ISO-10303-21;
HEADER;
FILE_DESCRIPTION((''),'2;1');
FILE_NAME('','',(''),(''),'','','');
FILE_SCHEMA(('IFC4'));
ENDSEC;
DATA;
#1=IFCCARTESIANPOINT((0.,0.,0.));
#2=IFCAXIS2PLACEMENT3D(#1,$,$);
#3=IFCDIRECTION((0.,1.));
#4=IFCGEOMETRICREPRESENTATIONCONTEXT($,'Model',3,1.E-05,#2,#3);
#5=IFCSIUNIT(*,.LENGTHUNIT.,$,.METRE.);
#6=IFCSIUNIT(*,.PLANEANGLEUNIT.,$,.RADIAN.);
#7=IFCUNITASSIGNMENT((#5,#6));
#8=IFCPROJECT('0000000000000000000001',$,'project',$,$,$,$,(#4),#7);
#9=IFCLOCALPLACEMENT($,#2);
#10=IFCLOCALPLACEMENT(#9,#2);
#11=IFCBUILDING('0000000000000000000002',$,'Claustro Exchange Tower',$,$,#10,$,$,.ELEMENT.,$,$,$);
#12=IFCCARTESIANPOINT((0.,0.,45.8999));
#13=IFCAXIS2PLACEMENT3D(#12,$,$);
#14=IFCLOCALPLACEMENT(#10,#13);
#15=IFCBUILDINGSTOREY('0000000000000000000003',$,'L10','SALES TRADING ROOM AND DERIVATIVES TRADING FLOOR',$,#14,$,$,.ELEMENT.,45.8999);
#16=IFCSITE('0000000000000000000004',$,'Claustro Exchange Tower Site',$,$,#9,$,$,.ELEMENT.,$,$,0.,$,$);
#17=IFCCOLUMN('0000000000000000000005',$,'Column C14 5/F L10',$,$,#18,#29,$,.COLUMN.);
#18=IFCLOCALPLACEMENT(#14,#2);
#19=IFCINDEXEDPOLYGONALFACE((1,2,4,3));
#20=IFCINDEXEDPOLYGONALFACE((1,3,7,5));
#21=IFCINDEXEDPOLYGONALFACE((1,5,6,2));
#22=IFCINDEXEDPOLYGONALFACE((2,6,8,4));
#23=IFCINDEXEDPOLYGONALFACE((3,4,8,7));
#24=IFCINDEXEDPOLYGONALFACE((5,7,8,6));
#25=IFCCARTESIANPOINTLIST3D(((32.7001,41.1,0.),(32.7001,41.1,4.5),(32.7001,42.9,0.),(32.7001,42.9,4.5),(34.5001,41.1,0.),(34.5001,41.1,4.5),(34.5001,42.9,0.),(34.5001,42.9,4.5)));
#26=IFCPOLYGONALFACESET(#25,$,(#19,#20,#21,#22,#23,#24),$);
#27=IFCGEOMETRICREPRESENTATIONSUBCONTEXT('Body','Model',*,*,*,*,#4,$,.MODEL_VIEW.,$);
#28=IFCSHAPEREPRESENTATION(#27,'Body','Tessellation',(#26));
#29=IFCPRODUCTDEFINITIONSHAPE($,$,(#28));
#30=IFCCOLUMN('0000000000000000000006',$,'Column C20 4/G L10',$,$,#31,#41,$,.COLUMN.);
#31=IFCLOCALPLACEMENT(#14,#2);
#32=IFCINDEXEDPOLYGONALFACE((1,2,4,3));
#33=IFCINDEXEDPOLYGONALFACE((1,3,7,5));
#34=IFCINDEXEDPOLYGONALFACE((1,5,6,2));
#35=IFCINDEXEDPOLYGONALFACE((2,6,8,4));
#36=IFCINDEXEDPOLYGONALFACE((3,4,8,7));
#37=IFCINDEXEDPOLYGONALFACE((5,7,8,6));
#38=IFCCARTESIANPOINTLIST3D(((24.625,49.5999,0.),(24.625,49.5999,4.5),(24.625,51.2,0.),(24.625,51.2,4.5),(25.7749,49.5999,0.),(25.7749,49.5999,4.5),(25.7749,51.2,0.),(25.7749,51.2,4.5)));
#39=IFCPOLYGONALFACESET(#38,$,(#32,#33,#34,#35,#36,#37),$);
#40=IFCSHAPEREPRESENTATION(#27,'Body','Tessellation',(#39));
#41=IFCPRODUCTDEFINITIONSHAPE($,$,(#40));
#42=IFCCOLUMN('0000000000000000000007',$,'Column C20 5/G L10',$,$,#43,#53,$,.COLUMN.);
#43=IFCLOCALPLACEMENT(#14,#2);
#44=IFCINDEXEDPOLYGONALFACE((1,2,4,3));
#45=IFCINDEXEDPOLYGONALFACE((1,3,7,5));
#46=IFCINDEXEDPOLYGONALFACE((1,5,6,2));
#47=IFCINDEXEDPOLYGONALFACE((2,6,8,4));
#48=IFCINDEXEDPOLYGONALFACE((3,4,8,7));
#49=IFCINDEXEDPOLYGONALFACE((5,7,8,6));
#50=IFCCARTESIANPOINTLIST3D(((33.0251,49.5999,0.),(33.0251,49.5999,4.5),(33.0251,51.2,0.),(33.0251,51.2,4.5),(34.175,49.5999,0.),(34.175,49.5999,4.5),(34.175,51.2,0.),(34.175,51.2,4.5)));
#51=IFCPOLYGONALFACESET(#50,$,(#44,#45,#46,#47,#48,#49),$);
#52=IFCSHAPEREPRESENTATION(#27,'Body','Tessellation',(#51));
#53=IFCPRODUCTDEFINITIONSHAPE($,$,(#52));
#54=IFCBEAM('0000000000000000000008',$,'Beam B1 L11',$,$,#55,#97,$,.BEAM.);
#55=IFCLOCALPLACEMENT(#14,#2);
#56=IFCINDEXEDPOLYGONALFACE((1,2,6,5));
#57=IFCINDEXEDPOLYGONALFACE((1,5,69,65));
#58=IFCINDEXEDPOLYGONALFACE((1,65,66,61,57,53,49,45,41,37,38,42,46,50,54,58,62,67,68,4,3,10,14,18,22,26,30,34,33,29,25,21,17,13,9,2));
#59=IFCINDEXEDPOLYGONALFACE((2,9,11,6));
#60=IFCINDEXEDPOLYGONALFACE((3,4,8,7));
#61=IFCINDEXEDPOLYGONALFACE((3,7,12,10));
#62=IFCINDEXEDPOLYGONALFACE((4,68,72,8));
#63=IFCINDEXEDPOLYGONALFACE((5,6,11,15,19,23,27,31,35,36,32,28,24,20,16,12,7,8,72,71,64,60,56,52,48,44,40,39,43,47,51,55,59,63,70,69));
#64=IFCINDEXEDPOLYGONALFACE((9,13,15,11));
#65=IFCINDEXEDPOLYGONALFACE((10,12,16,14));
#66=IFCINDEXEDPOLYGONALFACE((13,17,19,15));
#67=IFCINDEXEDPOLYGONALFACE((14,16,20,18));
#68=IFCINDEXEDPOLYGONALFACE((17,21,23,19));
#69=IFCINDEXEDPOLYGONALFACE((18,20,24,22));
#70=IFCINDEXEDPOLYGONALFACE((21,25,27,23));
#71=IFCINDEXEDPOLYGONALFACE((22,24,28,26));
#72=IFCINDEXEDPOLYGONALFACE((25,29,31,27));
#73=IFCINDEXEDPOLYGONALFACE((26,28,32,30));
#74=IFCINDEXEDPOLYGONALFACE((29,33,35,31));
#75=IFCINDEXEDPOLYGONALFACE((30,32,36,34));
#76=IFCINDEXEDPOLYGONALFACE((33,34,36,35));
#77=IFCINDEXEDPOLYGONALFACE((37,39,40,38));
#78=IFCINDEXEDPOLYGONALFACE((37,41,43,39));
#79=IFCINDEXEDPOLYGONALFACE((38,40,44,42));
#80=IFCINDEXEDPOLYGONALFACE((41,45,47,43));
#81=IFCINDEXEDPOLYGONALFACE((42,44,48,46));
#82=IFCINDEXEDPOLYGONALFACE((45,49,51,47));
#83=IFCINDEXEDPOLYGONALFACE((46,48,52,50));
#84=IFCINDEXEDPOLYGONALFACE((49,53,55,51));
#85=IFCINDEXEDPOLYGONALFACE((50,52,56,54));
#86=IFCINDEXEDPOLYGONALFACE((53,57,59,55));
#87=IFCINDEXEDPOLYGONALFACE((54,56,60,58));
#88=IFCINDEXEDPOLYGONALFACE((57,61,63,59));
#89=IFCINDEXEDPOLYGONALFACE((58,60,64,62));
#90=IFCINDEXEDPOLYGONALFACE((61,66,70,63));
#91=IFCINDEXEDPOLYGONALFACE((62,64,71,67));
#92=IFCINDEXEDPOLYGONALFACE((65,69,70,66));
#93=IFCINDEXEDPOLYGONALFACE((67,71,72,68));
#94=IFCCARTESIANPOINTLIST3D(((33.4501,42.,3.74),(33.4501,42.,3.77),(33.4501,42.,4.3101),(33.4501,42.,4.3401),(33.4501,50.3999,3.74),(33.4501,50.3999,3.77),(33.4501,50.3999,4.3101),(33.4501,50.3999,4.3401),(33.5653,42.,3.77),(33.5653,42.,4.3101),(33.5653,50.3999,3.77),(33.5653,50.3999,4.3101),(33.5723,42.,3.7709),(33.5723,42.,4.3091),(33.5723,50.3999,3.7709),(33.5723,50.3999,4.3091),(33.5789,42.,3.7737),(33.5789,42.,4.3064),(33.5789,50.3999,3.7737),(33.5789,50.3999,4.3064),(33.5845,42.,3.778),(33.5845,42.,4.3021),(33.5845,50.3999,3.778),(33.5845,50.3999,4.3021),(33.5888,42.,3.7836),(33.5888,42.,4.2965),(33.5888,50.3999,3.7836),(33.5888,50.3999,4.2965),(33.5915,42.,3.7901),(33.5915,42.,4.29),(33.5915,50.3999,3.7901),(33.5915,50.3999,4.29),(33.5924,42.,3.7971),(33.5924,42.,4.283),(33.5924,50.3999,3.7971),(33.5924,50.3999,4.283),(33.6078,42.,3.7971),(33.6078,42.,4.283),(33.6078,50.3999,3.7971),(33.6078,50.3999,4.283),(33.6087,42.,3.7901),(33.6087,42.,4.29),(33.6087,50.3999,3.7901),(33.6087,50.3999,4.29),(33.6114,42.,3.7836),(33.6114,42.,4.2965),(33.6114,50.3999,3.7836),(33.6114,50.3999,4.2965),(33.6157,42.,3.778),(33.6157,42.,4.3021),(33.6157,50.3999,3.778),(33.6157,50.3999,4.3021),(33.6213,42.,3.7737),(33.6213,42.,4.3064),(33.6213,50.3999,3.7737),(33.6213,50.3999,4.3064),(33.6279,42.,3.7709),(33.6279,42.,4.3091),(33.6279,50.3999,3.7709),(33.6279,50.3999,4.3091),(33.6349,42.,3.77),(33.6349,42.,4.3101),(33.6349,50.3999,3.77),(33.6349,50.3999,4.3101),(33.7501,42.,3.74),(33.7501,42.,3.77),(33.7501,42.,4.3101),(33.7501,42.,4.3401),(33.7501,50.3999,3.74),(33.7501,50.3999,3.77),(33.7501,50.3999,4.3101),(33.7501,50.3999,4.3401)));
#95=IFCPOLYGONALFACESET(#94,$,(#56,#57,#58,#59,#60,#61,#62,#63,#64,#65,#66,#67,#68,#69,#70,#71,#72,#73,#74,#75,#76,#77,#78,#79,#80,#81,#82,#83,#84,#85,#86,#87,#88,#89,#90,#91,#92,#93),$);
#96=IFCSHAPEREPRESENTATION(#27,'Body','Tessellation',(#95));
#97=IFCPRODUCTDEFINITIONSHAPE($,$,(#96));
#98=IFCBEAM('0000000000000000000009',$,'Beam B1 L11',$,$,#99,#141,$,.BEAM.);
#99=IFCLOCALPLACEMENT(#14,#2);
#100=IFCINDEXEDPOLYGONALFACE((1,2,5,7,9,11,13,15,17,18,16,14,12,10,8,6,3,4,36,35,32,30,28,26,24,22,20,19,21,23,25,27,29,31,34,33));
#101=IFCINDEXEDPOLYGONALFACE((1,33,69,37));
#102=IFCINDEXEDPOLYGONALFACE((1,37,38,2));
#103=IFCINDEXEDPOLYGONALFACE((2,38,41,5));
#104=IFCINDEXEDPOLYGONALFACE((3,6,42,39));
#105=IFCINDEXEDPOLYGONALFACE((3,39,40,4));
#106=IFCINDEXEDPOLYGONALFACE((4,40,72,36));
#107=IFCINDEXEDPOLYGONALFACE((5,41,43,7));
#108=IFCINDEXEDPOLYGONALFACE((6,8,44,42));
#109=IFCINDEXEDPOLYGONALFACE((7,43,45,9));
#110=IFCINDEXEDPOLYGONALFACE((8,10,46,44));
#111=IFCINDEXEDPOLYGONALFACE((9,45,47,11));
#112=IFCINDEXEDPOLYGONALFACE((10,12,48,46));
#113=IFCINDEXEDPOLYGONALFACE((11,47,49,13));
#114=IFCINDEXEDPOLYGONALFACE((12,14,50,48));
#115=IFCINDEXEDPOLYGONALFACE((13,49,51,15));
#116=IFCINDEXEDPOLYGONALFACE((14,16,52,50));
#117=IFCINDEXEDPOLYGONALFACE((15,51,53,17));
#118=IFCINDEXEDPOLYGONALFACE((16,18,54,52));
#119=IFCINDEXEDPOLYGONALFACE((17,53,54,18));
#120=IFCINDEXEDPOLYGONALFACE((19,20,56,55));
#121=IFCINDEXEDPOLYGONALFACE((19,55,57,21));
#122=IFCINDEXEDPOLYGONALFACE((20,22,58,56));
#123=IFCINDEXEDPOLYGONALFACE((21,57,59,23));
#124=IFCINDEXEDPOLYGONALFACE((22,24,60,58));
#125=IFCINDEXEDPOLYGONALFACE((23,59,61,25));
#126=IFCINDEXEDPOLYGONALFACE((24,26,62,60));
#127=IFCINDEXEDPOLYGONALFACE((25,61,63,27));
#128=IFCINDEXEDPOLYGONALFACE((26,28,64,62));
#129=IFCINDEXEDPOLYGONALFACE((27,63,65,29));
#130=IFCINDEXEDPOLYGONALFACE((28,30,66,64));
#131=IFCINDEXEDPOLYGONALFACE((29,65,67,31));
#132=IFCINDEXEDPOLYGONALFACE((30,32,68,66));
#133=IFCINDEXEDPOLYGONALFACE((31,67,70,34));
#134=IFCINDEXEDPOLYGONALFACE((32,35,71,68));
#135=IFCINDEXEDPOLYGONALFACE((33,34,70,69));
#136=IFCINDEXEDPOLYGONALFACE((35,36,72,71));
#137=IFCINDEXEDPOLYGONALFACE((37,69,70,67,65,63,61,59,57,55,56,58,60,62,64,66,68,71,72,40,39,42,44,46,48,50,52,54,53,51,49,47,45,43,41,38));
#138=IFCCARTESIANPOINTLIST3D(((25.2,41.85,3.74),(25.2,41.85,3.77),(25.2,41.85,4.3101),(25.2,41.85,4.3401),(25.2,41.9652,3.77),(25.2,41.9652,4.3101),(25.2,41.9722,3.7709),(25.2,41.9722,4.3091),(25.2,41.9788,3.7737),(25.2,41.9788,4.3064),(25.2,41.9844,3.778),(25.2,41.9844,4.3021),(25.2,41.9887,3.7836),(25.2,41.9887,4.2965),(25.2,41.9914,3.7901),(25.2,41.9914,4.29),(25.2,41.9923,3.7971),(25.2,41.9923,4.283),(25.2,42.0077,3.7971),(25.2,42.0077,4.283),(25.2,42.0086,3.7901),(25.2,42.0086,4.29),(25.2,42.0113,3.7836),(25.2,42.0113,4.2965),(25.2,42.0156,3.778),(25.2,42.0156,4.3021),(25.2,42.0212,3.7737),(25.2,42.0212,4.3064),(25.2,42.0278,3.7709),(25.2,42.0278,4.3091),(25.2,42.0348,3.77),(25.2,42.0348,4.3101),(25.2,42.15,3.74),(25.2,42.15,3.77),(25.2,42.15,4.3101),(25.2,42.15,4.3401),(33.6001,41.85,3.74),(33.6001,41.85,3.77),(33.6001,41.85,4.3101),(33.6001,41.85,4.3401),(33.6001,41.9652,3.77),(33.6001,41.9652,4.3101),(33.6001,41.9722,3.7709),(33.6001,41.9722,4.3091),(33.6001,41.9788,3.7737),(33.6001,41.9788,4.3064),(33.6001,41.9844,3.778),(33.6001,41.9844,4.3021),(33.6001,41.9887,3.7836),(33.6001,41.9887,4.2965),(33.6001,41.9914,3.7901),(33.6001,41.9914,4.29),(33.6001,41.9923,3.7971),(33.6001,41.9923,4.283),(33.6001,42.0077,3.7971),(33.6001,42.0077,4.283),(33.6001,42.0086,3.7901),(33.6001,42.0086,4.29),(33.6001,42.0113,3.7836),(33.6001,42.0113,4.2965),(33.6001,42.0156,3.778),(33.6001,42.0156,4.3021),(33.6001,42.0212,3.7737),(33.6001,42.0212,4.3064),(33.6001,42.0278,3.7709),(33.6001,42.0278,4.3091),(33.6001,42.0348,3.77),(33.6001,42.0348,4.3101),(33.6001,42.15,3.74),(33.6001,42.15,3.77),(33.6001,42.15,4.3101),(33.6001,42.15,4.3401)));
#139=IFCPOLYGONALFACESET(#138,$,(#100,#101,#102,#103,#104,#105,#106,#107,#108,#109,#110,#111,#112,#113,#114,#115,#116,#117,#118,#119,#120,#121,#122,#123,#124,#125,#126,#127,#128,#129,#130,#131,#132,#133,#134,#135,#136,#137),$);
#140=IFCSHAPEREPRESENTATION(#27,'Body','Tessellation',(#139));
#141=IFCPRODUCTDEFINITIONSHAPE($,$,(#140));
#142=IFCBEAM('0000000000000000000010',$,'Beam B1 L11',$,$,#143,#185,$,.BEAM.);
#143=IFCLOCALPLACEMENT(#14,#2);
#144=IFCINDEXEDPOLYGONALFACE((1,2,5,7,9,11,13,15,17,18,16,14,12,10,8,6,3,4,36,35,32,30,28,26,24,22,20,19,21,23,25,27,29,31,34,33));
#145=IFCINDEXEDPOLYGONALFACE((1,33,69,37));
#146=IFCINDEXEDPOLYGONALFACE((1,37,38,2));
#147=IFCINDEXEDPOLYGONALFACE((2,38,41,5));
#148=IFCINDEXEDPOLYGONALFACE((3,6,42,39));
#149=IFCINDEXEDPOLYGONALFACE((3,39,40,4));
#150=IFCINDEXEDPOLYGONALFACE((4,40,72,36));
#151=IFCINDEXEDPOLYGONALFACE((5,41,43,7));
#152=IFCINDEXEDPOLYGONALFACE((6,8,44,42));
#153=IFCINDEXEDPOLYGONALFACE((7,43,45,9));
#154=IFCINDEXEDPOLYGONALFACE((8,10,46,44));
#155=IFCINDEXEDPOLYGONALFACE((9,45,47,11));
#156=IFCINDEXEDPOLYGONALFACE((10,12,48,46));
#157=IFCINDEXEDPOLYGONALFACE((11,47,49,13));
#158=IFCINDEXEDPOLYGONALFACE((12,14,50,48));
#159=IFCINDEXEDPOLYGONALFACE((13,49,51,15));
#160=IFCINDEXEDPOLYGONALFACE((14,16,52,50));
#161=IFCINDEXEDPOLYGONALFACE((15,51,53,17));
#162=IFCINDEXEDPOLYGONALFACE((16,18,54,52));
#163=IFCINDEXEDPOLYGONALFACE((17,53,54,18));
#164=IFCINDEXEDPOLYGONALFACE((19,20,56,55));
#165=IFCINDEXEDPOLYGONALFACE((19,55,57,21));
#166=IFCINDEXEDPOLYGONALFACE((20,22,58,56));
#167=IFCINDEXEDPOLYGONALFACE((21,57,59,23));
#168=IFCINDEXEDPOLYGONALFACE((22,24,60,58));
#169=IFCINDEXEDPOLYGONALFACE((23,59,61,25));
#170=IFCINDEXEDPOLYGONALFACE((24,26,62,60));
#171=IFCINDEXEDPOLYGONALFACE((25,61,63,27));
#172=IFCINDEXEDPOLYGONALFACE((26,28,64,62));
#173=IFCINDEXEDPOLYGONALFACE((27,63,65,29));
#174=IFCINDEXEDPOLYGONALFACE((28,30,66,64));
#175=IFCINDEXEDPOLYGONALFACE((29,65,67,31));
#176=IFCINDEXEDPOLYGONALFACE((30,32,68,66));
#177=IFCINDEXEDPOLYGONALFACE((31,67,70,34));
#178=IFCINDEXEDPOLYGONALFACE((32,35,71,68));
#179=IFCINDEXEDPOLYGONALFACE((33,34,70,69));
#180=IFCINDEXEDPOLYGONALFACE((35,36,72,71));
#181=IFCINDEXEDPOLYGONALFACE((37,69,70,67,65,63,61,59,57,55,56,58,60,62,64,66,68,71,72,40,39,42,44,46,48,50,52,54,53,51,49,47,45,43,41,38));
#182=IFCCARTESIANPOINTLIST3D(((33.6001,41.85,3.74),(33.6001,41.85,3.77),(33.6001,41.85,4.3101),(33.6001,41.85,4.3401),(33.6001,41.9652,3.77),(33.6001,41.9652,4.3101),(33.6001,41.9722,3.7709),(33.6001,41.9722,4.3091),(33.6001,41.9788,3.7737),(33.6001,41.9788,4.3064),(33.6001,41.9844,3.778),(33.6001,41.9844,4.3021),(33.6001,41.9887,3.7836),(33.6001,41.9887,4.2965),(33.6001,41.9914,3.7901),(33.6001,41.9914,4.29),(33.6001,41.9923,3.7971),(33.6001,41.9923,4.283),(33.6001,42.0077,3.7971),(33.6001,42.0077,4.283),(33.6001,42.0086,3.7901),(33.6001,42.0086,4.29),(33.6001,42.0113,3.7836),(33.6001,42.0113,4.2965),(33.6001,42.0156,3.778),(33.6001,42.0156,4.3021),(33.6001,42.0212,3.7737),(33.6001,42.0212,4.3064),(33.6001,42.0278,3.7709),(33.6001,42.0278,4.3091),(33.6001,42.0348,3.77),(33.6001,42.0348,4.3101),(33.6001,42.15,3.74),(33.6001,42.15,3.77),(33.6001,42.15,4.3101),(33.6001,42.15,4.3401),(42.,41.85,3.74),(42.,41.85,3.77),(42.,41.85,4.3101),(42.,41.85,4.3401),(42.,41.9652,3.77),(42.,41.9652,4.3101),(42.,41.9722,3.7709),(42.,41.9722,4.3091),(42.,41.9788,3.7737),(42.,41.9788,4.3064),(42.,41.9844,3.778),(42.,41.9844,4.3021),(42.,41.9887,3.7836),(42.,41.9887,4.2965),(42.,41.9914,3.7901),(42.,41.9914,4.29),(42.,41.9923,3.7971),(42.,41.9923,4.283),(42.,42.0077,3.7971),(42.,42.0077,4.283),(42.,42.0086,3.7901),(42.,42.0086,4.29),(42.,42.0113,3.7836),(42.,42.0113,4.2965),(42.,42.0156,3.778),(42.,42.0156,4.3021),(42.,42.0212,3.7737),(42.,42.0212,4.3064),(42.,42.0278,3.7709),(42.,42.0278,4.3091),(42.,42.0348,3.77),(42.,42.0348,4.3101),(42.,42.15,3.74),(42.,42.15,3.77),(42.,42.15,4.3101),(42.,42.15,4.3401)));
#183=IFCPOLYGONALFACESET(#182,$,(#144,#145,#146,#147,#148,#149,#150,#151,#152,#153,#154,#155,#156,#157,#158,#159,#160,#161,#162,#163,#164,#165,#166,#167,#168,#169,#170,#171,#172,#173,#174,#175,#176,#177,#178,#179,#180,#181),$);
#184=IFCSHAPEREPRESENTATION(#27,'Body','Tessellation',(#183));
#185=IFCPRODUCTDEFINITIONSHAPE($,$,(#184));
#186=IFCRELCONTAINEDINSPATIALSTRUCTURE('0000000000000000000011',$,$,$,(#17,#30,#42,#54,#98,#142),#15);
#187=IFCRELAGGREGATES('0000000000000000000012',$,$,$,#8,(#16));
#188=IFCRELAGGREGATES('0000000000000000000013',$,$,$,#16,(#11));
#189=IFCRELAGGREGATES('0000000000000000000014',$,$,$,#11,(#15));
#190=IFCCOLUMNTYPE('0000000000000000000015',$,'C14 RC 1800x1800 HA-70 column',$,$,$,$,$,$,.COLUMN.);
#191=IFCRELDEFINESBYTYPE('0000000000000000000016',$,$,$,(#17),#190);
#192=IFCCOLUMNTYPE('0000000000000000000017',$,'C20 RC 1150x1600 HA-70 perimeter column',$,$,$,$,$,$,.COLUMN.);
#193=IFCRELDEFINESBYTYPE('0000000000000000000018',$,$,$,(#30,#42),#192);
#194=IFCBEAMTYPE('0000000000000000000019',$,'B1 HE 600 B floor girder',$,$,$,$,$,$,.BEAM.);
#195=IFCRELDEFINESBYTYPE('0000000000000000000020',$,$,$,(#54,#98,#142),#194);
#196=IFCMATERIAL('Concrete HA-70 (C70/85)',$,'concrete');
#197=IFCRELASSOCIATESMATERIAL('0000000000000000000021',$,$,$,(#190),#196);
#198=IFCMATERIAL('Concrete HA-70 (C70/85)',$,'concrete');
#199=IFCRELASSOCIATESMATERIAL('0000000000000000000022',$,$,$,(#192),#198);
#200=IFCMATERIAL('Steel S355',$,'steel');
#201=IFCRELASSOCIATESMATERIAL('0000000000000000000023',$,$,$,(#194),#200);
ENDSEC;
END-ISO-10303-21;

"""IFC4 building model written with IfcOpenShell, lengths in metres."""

from ifc_helpers import new_model, si_unit, direction, frame, origin, origin_2d, place, context, subcontext, project, spatial, rectangle, i_section, extrude, material, material_profile, profile_set, type_object, element, save


model = new_model("IFC4")

# Units and contexts
model_context = context("Model", 3, precision=1e-05, world=origin(), true_north=direction((0.0, 1.0)))
body_context = subcontext(model_context, "Body", "Model", "MODEL_VIEW")
ifc_project = project(units=[si_unit("LENGTHUNIT", "METRE"), si_unit("PLANEANGLEUNIT", "RADIAN")], contexts=[model_context])

# Site, building, storey
site_placement = place(None, origin())
site = spatial("IfcSite", under=ifc_project, at=site_placement, Name="Claustro Exchange Tower Site", CompositionType="ELEMENT", RefElevation=0.0)
building_placement = place(site_placement, origin())
building = spatial("IfcBuilding", under=site, at=building_placement, Name="Claustro Exchange Tower", CompositionType="ELEMENT")
storey_placement = place(building_placement, frame((0.0, 0.0, 45.8999)))
storey = spatial("IfcBuildingStorey", under=building, at=storey_placement, Name="L10", Description="SALES TRADING ROOM AND DERIVATIVES TRADING FLOOR", CompositionType="ELEMENT", Elevation=45.8999)

# Columns
ifc_material_1 = material(Name="Concrete HA-70 (C70/85)", Category="concrete")
ifc_material_profile_1 = material_profile(ifc_material_1, rectangle(XDim=1.8, YDim=1.8, at=origin_2d()), Name="RC 1800x1800")
ifc_profile_set_1 = profile_set([ifc_material_profile_1], Name="Concrete HA-70 (C70/85)")
column_type_1 = type_object("IfcColumnType", Name="C14 RC 1800x1800 HA-70 column", PredefinedType="COLUMN", material=ifc_profile_set_1)
column_placement = place(storey_placement, frame((33.6001, 42.0, 0.0), z_axis=(0.0, 0.0, 1.0), x_axis=(1.0, 0.0, 0.0)))
element("IfcColumn", 1, at=column_placement, inside=storey, type_object=column_type_1, Name="Column C14 5/F L10", PredefinedType="COLUMN", context=body_context, shape_type="SweptSolid", body=[
    extrude(rectangle(XDim=1.8, YDim=1.8, at=origin_2d()), origin(), (0.0, 0.0, 1.0), 4.5),
])
ifc_material_2 = material(Name="Concrete HA-70 (C70/85)", Category="concrete")
ifc_material_profile_2 = material_profile(ifc_material_2, rectangle(XDim=1.1499, YDim=1.6001, at=origin_2d()), Name="RC 1150x1600")
ifc_profile_set_2 = profile_set([ifc_material_profile_2], Name="Concrete HA-70 (C70/85)")
column_type_2 = type_object("IfcColumnType", Name="C20 RC 1150x1600 HA-70 perimeter column", PredefinedType="COLUMN", material=ifc_profile_set_2)
for number, where, z_axis, x_axis, name in (
    (2, (25.2, 50.3999, 0.0), (0.0, 0.0, 1.0), (1.0, 0.0, 0.0), "Column C20 4/G L10"),
    (3, (33.6001, 50.3999, 0.0), (0.0, 0.0, 1.0), (1.0, 0.0, 0.0), "Column C20 5/G L10"),
):
    element("IfcColumn", number, at=place(storey_placement, frame(where, z_axis=z_axis, x_axis=x_axis)), inside=storey, type_object=column_type_2, Name=name, PredefinedType="COLUMN", context=body_context, shape_type="SweptSolid", body=[
        extrude(rectangle(XDim=1.1499, YDim=1.6001, at=origin_2d()), origin(), (0.0, 0.0, 1.0), 4.5),
    ])

# Beams
ifc_material_3 = material(Name="Steel S355", Category="steel")
ifc_material_profile_3 = material_profile(ifc_material_3, i_section(OverallWidth=0.3, OverallDepth=0.6001, WebThickness=0.0154, FlangeThickness=0.03, FilletRadius=0.0271, at=origin_2d()), Name="HE 600 B")
ifc_profile_set_3 = profile_set([ifc_material_profile_3], Name="Steel S355")
beam_type_1 = type_object("IfcBeamType", Name="B1 HE 600 B floor girder", PredefinedType="BEAM", material=ifc_profile_set_3)
beam_1_placement = place(storey_placement, frame((33.6001, 42.0, 4.04), z_axis=(0.0, 1.0, 0.0), x_axis=(-1.0, 0.0, 0.0)))
element("IfcBeam", 4, at=beam_1_placement, inside=storey, type_object=beam_type_1, Name="Beam B1 L11", PredefinedType="BEAM", context=body_context, shape_type="SweptSolid", body=[
    extrude(i_section(OverallWidth=0.3, OverallDepth=0.6001, WebThickness=0.0154, FlangeThickness=0.03, FilletRadius=0.0271, at=origin_2d()), origin(), (0.0, 0.0, 1.0), 8.3999),
])
beam_2_placement = place(storey_placement, frame((25.2, 42.0, 4.04), z_axis=(1.0, 0.0, 0.0), x_axis=(0.0, 1.0, 0.0)))
element("IfcBeam", 5, at=beam_2_placement, inside=storey, type_object=beam_type_1, Name="Beam B1 L11", PredefinedType="BEAM", context=body_context, shape_type="SweptSolid", body=[
    extrude(i_section(OverallWidth=0.3, OverallDepth=0.6001, WebThickness=0.0154, FlangeThickness=0.03, FilletRadius=0.0271, at=origin_2d()), origin(), (0.0, 0.0, 1.0), 8.4001),
])
beam_3_placement = place(storey_placement, frame((33.6001, 42.0, 4.04), z_axis=(1.0, 0.0, 0.0), x_axis=(0.0, 1.0, 0.0)))
element("IfcBeam", 6, at=beam_3_placement, inside=storey, type_object=beam_type_1, Name="Beam B1 L11", PredefinedType="BEAM", context=body_context, shape_type="SweptSolid", body=[
    extrude(i_section(OverallWidth=0.3, OverallDepth=0.6001, WebThickness=0.0154, FlangeThickness=0.03, FilletRadius=0.0271, at=origin_2d()), origin(), (0.0, 0.0, 1.0), 8.3999),
])

save(model, "model.ifc")
